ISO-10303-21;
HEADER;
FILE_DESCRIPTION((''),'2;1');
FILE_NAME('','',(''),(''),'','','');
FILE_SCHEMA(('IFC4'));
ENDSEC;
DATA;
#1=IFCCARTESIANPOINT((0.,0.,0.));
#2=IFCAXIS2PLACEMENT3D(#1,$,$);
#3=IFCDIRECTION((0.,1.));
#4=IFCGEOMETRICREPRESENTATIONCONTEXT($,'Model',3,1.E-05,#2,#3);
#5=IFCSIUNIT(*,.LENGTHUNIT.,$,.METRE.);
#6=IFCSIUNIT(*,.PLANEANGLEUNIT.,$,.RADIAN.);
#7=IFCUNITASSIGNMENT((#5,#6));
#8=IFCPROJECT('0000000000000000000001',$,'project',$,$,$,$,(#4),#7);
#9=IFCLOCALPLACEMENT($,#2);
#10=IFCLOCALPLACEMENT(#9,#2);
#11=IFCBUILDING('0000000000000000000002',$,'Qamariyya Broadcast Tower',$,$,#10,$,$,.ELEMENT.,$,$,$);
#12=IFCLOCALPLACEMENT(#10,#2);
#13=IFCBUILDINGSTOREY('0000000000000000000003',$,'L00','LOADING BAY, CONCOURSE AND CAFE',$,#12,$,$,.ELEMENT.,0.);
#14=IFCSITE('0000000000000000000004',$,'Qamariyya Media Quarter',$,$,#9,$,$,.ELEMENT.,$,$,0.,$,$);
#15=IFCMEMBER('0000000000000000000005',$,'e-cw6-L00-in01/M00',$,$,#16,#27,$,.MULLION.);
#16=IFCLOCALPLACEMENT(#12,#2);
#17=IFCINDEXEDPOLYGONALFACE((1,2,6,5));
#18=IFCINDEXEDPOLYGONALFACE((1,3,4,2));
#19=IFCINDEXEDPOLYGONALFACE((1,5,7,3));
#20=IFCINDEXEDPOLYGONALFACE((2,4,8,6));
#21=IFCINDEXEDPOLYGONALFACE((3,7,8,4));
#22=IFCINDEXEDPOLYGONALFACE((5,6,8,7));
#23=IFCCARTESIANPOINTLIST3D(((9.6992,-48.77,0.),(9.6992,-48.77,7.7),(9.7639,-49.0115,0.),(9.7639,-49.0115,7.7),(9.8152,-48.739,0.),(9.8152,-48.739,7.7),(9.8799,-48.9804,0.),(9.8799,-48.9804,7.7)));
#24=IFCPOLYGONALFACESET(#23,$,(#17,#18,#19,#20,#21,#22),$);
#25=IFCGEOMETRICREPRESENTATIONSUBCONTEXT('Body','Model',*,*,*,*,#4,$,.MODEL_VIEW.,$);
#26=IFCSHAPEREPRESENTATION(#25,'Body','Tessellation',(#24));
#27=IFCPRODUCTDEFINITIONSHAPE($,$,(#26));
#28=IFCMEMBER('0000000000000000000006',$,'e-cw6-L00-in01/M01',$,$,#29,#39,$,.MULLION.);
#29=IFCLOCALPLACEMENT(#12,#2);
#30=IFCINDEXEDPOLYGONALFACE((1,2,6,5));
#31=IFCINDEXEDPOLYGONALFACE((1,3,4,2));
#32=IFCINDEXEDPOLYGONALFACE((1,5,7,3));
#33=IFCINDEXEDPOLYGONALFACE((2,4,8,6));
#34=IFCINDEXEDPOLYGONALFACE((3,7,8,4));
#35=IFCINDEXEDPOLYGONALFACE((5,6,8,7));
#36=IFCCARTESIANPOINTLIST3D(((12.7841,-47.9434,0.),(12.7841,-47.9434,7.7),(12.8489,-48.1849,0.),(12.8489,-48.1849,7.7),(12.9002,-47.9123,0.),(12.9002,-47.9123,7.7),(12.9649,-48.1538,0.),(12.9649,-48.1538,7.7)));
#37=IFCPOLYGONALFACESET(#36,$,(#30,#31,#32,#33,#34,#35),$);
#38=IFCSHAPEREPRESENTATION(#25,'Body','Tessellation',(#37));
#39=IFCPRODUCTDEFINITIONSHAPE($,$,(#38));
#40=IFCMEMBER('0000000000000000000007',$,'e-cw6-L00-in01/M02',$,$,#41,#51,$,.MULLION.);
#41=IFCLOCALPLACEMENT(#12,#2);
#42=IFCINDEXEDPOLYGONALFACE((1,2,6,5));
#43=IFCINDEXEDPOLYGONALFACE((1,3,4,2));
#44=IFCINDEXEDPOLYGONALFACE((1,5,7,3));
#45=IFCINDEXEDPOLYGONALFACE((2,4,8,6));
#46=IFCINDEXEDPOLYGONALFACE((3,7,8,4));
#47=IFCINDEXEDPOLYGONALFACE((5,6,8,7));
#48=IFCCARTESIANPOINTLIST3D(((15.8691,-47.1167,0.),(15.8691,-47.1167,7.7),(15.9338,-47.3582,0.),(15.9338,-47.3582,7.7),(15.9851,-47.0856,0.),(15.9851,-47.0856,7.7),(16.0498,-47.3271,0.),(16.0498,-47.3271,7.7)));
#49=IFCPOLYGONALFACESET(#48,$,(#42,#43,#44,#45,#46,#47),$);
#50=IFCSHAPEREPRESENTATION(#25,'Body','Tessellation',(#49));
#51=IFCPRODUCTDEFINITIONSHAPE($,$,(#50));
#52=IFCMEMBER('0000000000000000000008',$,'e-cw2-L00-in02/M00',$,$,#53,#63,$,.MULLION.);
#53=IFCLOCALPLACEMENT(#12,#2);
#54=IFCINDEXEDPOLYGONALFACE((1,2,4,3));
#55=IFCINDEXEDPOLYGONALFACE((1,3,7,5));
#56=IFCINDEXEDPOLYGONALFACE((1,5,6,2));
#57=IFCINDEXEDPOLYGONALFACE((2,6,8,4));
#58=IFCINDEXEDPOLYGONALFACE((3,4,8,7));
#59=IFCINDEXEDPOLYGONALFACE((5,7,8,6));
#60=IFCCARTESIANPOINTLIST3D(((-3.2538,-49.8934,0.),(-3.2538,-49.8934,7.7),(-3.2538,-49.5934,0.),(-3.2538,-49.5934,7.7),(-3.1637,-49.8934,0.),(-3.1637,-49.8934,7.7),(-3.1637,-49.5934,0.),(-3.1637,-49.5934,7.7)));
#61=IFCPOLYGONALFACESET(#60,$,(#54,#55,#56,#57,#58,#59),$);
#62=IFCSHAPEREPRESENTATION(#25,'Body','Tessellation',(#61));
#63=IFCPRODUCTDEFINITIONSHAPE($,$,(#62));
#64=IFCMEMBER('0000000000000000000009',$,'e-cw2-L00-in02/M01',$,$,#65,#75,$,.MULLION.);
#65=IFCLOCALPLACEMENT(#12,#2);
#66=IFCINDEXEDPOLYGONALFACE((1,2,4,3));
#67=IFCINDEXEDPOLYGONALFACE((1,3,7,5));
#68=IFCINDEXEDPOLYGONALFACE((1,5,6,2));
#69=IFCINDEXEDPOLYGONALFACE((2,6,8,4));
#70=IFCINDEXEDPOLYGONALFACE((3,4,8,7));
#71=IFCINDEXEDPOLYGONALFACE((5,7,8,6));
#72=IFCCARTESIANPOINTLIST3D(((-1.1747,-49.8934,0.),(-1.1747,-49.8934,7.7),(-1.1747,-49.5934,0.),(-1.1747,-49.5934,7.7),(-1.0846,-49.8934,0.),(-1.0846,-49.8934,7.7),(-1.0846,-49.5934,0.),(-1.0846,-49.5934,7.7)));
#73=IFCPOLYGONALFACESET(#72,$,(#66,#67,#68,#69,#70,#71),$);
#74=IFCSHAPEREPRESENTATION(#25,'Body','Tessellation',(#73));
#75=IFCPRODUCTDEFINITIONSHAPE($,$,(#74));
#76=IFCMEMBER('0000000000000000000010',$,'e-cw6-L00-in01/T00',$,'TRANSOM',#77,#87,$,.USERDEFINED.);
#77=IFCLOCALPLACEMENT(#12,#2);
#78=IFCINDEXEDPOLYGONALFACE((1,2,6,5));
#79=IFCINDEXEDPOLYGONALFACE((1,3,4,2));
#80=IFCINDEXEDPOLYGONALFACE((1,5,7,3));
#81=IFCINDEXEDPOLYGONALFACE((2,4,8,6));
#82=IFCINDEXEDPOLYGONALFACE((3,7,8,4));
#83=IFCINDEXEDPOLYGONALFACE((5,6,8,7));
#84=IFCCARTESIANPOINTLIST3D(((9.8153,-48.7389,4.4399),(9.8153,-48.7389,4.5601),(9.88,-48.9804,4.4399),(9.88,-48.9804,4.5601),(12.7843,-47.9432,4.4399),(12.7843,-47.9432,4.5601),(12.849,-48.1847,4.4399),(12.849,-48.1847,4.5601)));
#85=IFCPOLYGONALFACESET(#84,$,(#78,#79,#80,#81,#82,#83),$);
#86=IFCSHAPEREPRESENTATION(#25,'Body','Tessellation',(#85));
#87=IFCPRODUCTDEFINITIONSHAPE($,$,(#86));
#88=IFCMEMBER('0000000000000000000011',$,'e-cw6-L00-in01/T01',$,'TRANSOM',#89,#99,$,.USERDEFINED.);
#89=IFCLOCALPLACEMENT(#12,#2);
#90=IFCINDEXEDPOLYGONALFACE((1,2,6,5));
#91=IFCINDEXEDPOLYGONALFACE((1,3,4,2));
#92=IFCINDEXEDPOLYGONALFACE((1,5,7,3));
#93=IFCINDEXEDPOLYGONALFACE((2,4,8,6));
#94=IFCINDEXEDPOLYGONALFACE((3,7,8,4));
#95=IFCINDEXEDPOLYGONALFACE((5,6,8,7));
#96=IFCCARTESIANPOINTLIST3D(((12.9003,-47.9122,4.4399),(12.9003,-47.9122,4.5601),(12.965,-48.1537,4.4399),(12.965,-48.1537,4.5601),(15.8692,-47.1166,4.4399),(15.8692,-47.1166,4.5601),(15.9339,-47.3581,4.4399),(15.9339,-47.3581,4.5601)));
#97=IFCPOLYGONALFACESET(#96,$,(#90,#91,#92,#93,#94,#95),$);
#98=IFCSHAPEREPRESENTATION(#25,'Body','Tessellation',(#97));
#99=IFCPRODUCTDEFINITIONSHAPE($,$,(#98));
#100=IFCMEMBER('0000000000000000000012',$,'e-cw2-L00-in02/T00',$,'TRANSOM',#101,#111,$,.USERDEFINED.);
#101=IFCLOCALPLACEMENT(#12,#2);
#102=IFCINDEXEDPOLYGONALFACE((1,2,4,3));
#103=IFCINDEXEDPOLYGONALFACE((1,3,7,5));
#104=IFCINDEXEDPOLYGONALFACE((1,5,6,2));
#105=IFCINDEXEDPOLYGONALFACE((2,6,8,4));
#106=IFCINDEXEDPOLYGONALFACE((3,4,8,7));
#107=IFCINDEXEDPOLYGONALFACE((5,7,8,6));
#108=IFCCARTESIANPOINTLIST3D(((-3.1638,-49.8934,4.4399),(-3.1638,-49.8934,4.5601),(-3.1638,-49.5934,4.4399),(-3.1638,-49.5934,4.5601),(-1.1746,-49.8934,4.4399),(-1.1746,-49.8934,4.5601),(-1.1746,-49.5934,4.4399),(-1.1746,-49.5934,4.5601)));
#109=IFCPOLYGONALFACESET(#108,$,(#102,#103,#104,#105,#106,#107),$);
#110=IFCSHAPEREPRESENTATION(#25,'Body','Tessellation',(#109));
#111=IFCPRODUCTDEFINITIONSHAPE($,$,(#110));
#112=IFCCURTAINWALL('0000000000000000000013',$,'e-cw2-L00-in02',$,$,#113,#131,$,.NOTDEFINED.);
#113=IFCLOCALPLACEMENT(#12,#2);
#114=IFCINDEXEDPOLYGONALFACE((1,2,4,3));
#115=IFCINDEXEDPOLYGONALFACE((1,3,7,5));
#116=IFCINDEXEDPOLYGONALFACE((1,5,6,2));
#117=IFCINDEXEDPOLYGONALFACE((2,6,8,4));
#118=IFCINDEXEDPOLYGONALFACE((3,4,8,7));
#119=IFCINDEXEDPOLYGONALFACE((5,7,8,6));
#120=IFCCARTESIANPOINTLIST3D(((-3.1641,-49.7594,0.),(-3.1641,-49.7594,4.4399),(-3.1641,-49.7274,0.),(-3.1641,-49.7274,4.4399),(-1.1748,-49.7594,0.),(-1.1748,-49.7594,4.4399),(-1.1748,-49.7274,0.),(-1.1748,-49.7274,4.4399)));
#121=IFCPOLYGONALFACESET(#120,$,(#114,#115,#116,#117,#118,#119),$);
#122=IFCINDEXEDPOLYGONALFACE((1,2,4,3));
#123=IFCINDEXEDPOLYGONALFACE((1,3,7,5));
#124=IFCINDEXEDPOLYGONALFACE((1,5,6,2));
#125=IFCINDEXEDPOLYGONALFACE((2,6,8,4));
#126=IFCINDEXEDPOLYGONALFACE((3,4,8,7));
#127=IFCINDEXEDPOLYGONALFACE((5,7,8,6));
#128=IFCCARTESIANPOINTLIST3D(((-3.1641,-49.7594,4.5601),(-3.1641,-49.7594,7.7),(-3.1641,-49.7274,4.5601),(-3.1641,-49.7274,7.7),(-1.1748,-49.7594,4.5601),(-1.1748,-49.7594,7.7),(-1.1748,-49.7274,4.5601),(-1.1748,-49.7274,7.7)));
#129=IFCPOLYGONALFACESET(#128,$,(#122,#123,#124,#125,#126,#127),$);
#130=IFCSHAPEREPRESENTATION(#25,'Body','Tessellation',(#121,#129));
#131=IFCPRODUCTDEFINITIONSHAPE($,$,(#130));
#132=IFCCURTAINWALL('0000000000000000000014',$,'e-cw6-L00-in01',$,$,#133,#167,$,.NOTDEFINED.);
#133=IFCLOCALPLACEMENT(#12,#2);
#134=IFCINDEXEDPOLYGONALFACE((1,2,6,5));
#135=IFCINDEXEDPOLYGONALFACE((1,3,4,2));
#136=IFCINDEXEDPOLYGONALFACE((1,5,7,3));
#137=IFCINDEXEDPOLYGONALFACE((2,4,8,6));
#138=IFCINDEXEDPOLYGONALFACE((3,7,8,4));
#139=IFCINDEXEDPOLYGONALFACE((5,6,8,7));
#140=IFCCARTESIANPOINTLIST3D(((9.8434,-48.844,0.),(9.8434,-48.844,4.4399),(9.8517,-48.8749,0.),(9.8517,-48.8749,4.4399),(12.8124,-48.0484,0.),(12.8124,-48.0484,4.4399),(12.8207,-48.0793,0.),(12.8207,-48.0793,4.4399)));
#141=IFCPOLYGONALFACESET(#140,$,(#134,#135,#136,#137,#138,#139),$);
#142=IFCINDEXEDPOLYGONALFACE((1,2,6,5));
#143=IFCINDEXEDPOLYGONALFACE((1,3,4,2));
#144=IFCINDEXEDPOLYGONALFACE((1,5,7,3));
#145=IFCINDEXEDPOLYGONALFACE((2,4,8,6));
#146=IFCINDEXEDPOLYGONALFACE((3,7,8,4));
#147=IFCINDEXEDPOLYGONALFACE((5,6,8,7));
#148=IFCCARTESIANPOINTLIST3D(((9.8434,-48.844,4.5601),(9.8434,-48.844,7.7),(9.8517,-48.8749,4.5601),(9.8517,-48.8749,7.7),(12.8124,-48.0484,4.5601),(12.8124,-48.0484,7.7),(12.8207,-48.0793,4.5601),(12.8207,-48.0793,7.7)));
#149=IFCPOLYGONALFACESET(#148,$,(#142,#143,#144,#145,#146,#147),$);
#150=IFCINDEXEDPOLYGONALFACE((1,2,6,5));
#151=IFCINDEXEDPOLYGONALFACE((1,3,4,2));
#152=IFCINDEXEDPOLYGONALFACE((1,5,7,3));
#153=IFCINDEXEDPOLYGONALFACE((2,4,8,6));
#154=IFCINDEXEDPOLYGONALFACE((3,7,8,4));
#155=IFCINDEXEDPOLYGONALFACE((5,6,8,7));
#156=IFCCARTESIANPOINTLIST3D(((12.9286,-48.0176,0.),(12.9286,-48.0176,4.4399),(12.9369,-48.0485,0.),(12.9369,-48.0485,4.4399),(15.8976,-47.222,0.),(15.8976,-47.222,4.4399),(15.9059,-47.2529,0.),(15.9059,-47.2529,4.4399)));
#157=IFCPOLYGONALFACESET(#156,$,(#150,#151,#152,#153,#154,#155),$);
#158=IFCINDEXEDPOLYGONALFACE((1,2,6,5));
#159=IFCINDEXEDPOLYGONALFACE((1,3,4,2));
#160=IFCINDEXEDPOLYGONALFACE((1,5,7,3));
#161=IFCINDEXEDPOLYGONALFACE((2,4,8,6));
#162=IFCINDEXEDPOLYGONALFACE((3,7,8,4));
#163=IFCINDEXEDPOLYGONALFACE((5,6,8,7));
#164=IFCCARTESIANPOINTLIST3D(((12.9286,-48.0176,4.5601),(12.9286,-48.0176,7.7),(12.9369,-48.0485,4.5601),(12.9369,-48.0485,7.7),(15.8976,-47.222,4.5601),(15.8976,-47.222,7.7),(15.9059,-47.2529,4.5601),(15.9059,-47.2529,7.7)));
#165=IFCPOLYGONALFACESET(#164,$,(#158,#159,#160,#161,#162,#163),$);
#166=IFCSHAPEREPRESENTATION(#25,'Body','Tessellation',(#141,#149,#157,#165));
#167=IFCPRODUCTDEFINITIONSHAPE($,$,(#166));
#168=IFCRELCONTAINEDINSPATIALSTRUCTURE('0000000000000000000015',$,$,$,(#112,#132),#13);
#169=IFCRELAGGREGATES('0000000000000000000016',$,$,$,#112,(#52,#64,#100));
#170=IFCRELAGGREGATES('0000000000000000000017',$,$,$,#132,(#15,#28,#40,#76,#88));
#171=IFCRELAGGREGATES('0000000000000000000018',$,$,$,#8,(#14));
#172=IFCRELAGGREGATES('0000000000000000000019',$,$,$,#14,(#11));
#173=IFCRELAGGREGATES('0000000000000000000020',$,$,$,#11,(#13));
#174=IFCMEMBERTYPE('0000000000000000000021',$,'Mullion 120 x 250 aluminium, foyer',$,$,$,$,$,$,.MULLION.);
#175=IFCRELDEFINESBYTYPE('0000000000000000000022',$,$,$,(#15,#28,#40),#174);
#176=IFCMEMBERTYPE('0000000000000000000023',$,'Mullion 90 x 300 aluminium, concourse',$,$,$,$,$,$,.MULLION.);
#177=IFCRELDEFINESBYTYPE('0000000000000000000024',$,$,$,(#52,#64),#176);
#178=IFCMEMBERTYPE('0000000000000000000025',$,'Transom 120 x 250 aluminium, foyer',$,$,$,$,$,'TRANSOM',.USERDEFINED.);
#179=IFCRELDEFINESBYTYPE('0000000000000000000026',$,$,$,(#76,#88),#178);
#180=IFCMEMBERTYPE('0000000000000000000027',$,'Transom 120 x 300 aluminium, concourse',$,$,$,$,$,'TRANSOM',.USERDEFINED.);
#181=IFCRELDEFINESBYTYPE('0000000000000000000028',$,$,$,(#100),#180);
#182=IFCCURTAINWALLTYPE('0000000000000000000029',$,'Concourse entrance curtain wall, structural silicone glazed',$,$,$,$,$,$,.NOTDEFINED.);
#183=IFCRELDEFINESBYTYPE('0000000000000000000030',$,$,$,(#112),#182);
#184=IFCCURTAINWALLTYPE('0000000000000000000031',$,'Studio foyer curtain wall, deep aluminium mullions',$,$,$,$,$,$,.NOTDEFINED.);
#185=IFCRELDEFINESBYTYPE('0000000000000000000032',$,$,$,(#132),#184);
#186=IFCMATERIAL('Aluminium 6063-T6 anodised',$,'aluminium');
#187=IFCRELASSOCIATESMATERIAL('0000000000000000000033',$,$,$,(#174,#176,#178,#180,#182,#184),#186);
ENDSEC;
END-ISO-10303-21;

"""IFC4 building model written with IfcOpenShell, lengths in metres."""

from ifc_helpers import new_model, si_unit, direction, frame, origin, origin_2d, place, context, subcontext, project, spatial, rectangle, extrude, material, material_profile, profile_set, type_object, element, aggregate, save


model = new_model("IFC4")

# Units and contexts
model_context = context("Model", 3, precision=1e-05, world=origin(), true_north=direction((0.0, 1.0)))
body_context = subcontext(model_context, "Body", "Model", "MODEL_VIEW")
ifc_project = project(units=[si_unit("LENGTHUNIT", "METRE"), si_unit("PLANEANGLEUNIT", "RADIAN")], contexts=[model_context])

# Members
ifc_material_1 = material(Name="Aluminium 6063-T6 anodised", Category="aluminium")
ifc_material_profile_1 = material_profile(ifc_material_1, rectangle(XDim=0.25, YDim=0.1201, at=origin_2d()))
ifc_profile_set_1 = profile_set([ifc_material_profile_1], Name="Aluminium 6063-T6 anodised")
member_type_1 = type_object("IfcMemberType", Name="Mullion 120 x 250 aluminium, foyer", PredefinedType="MULLION", material=ifc_profile_set_1)
site_placement = place(None, origin())
building_placement = place(site_placement, origin())
storey_placement = place(building_placement, origin())
member_1_placement = place(storey_placement, frame((9.7896, -48.8752, 0.0), z_axis=(0.0, 0.0, 1.0), x_axis=(-0.258819, 0.965926, 0.0)))
member_1 = element("IfcMember", 1, at=member_1_placement, type_object=member_type_1, Name="e-cw6-L00-in01/M00", PredefinedType="MULLION", context=body_context, shape_type="SweptSolid", body=[
    extrude(rectangle(XDim=0.25, YDim=0.1201, at=origin_2d()), origin(), (0.0, 0.0, 1.0), 7.7),
])
member_2_placement = place(storey_placement, frame((12.8745, -48.0486, 0.0), z_axis=(0.0, 0.0, 1.0), x_axis=(-0.258819, 0.965926, 0.0)))
member_2 = element("IfcMember", 2, at=member_2_placement, type_object=member_type_1, Name="e-cw6-L00-in01/M01", PredefinedType="MULLION", context=body_context, shape_type="SweptSolid", body=[
    extrude(rectangle(XDim=0.25, YDim=0.1201, at=origin_2d()), origin(), (0.0, 0.0, 1.0), 7.7),
])
member_3_placement = place(storey_placement, frame((15.9595, -47.2219, 0.0), z_axis=(0.0, 0.0, 1.0), x_axis=(-0.258819, 0.965926, 0.0)))
member_3 = element("IfcMember", 3, at=member_3_placement, type_object=member_type_1, Name="e-cw6-L00-in01/M02", PredefinedType="MULLION", context=body_context, shape_type="SweptSolid", body=[
    extrude(rectangle(XDim=0.25, YDim=0.1201, at=origin_2d()), origin(), (0.0, 0.0, 1.0), 7.7),
])
ifc_material_profile_2 = material_profile(ifc_material_1, rectangle(XDim=0.3, YDim=0.0901, at=origin_2d()))
ifc_profile_set_2 = profile_set([ifc_material_profile_2], Name="Aluminium 6063-T6 anodised")
member_type_2 = type_object("IfcMemberType", Name="Mullion 90 x 300 aluminium, concourse", PredefinedType="MULLION", material=ifc_profile_set_2)
member_4_placement = place(storey_placement, frame((-3.2087, -49.7434, 0.0), z_axis=(0.0, 0.0, 1.0), x_axis=(0.0, 1.0, 0.0)))
member_4 = element("IfcMember", 4, at=member_4_placement, type_object=member_type_2, Name="e-cw2-L00-in02/M00", PredefinedType="MULLION", context=body_context, shape_type="SweptSolid", body=[
    extrude(rectangle(XDim=0.3, YDim=0.0901, at=origin_2d()), origin(), (0.0, 0.0, 1.0), 7.7),
])
member_5_placement = place(storey_placement, frame((-1.1296, -49.7434, 0.0), z_axis=(0.0, 0.0, 1.0), x_axis=(0.0, 1.0, 0.0)))
member_5 = element("IfcMember", 5, at=member_5_placement, type_object=member_type_2, Name="e-cw2-L00-in02/M01", PredefinedType="MULLION", context=body_context, shape_type="SweptSolid", body=[
    extrude(rectangle(XDim=0.3, YDim=0.0901, at=origin_2d()), origin(), (0.0, 0.0, 1.0), 7.7),
])
ifc_material_profile_3 = material_profile(ifc_material_1, rectangle(XDim=0.25, YDim=0.1201, at=origin_2d()))
ifc_profile_set_3 = profile_set([ifc_material_profile_3], Name="Aluminium 6063-T6 anodised")
member_type_3 = type_object("IfcMemberType", Name="Transom 120 x 250 aluminium, foyer", ElementType="TRANSOM", PredefinedType="USERDEFINED", material=ifc_profile_set_3)
member_6_placement = place(storey_placement, frame((9.8477, -48.8596, 4.5), z_axis=(0.965916, 0.258854, 0.0), x_axis=(-0.258854, 0.965916, 0.0)))
member_6 = element("IfcMember", 6, at=member_6_placement, type_object=member_type_3, Name="e-cw6-L00-in01/T00", ObjectType="TRANSOM", PredefinedType="USERDEFINED", context=body_context, shape_type="SweptSolid", body=[
    extrude(rectangle(XDim=0.25, YDim=0.1201, at=origin_2d()), origin(), (0.0, 0.0, 1.0), 3.0737),
])
member_7_placement = place(storey_placement, frame((12.9326, -48.033, 4.5), z_axis=(0.965916, 0.258854, 0.0), x_axis=(-0.258854, 0.965916, 0.0)))
member_7 = element("IfcMember", 7, at=member_7_placement, type_object=member_type_3, Name="e-cw6-L00-in01/T01", ObjectType="TRANSOM", PredefinedType="USERDEFINED", context=body_context, shape_type="SweptSolid", body=[
    extrude(rectangle(XDim=0.25, YDim=0.1201, at=origin_2d()), origin(), (0.0, 0.0, 1.0), 3.0737),
])
ifc_material_profile_4 = material_profile(ifc_material_1, rectangle(XDim=0.3, YDim=0.1201, at=origin_2d()))
ifc_profile_set_4 = profile_set([ifc_material_profile_4], Name="Aluminium 6063-T6 anodised")
member_type_4 = type_object("IfcMemberType", Name="Transom 120 x 300 aluminium, concourse", ElementType="TRANSOM", PredefinedType="USERDEFINED", material=ifc_profile_set_4)
member_8_placement = place(storey_placement, frame((-3.1638, -49.7434, 4.5), z_axis=(1.0, 0.0, 0.0), x_axis=(0.0, 1.0, 0.0)))
member_8 = element("IfcMember", 8, at=member_8_placement, type_object=member_type_4, Name="e-cw2-L00-in02/T00", ObjectType="TRANSOM", PredefinedType="USERDEFINED", context=body_context, shape_type="SweptSolid", body=[
    extrude(rectangle(XDim=0.3, YDim=0.1201, at=origin_2d()), origin(), (0.0, 0.0, 1.0), 1.9893),
])

# Site, building, storey
site = spatial("IfcSite", under=ifc_project, at=site_placement, Name="Qamariyya Media Quarter", CompositionType="ELEMENT", RefElevation=0.0)
building = spatial("IfcBuilding", under=site, at=building_placement, Name="Qamariyya Broadcast Tower", CompositionType="ELEMENT")
storey = spatial("IfcBuildingStorey", under=building, at=storey_placement, Name="L00", Description="LOADING BAY, CONCOURSE AND CAFE", CompositionType="ELEMENT", Elevation=0.0)

# Curtain walls
curtain_wall_type_1 = type_object("IfcCurtainWallType", Name="Concourse entrance curtain wall, structural silicone glazed", PredefinedType="NOTDEFINED", material=ifc_material_1)
curtain_wall_1_placement = place(storey_placement, origin())
curtain_wall_1 = element("IfcCurtainWall", 9, at=curtain_wall_1_placement, inside=storey, type_object=curtain_wall_type_1, Name="e-cw2-L00-in02", PredefinedType="NOTDEFINED", context=body_context, shape_type="SweptSolid", body=[
    extrude(rectangle(XDim=1.9893, YDim=0.032, at=origin_2d()), frame((-2.1694, -49.7434, 0.0), x_axis=(1.0, 0.0, 0.0)), (0.0, 0.0, 1.0), 4.4399),
    extrude(rectangle(XDim=1.9893, YDim=0.032, at=origin_2d()), frame((-2.1694, -49.7434, 4.5601), x_axis=(1.0, 0.0, 0.0)), (0.0, 0.0, 1.0), 3.1399),
])
aggregate(curtain_wall_1, [member_4, member_5, member_8])
curtain_wall_type_2 = type_object("IfcCurtainWallType", Name="Studio foyer curtain wall, deep aluminium mullions", PredefinedType="NOTDEFINED", material=ifc_material_1)
curtain_wall_2_placement = place(storey_placement, origin())
curtain_wall_2 = element("IfcCurtainWall", 10, at=curtain_wall_2_placement, inside=storey, type_object=curtain_wall_type_2, Name="e-cw6-L00-in01", PredefinedType="NOTDEFINED", context=body_context, shape_type="SweptSolid", body=[
    extrude(rectangle(XDim=3.0737, YDim=0.032, at=origin_2d()), frame((11.332, -48.4617, 0.0), x_axis=(0.965925, 0.258823, 0.0)), (0.0, 0.0, 1.0), 4.4399),
    extrude(rectangle(XDim=3.0737, YDim=0.032, at=origin_2d()), frame((11.332, -48.4617, 4.5601), x_axis=(0.965925, 0.258823, 0.0)), (0.0, 0.0, 1.0), 3.1399),
    extrude(rectangle(XDim=3.0737, YDim=0.032, at=origin_2d()), frame((14.4172, -47.6353, 0.0), x_axis=(0.965925, 0.258823, 0.0)), (0.0, 0.0, 1.0), 4.4399),
    extrude(rectangle(XDim=3.0737, YDim=0.032, at=origin_2d()), frame((14.4172, -47.6353, 4.5601), x_axis=(0.965925, 0.258823, 0.0)), (0.0, 0.0, 1.0), 3.1399),
])
aggregate(curtain_wall_2, [member_1, member_2, member_3, member_6, member_7])

save(model, "model.ifc")
